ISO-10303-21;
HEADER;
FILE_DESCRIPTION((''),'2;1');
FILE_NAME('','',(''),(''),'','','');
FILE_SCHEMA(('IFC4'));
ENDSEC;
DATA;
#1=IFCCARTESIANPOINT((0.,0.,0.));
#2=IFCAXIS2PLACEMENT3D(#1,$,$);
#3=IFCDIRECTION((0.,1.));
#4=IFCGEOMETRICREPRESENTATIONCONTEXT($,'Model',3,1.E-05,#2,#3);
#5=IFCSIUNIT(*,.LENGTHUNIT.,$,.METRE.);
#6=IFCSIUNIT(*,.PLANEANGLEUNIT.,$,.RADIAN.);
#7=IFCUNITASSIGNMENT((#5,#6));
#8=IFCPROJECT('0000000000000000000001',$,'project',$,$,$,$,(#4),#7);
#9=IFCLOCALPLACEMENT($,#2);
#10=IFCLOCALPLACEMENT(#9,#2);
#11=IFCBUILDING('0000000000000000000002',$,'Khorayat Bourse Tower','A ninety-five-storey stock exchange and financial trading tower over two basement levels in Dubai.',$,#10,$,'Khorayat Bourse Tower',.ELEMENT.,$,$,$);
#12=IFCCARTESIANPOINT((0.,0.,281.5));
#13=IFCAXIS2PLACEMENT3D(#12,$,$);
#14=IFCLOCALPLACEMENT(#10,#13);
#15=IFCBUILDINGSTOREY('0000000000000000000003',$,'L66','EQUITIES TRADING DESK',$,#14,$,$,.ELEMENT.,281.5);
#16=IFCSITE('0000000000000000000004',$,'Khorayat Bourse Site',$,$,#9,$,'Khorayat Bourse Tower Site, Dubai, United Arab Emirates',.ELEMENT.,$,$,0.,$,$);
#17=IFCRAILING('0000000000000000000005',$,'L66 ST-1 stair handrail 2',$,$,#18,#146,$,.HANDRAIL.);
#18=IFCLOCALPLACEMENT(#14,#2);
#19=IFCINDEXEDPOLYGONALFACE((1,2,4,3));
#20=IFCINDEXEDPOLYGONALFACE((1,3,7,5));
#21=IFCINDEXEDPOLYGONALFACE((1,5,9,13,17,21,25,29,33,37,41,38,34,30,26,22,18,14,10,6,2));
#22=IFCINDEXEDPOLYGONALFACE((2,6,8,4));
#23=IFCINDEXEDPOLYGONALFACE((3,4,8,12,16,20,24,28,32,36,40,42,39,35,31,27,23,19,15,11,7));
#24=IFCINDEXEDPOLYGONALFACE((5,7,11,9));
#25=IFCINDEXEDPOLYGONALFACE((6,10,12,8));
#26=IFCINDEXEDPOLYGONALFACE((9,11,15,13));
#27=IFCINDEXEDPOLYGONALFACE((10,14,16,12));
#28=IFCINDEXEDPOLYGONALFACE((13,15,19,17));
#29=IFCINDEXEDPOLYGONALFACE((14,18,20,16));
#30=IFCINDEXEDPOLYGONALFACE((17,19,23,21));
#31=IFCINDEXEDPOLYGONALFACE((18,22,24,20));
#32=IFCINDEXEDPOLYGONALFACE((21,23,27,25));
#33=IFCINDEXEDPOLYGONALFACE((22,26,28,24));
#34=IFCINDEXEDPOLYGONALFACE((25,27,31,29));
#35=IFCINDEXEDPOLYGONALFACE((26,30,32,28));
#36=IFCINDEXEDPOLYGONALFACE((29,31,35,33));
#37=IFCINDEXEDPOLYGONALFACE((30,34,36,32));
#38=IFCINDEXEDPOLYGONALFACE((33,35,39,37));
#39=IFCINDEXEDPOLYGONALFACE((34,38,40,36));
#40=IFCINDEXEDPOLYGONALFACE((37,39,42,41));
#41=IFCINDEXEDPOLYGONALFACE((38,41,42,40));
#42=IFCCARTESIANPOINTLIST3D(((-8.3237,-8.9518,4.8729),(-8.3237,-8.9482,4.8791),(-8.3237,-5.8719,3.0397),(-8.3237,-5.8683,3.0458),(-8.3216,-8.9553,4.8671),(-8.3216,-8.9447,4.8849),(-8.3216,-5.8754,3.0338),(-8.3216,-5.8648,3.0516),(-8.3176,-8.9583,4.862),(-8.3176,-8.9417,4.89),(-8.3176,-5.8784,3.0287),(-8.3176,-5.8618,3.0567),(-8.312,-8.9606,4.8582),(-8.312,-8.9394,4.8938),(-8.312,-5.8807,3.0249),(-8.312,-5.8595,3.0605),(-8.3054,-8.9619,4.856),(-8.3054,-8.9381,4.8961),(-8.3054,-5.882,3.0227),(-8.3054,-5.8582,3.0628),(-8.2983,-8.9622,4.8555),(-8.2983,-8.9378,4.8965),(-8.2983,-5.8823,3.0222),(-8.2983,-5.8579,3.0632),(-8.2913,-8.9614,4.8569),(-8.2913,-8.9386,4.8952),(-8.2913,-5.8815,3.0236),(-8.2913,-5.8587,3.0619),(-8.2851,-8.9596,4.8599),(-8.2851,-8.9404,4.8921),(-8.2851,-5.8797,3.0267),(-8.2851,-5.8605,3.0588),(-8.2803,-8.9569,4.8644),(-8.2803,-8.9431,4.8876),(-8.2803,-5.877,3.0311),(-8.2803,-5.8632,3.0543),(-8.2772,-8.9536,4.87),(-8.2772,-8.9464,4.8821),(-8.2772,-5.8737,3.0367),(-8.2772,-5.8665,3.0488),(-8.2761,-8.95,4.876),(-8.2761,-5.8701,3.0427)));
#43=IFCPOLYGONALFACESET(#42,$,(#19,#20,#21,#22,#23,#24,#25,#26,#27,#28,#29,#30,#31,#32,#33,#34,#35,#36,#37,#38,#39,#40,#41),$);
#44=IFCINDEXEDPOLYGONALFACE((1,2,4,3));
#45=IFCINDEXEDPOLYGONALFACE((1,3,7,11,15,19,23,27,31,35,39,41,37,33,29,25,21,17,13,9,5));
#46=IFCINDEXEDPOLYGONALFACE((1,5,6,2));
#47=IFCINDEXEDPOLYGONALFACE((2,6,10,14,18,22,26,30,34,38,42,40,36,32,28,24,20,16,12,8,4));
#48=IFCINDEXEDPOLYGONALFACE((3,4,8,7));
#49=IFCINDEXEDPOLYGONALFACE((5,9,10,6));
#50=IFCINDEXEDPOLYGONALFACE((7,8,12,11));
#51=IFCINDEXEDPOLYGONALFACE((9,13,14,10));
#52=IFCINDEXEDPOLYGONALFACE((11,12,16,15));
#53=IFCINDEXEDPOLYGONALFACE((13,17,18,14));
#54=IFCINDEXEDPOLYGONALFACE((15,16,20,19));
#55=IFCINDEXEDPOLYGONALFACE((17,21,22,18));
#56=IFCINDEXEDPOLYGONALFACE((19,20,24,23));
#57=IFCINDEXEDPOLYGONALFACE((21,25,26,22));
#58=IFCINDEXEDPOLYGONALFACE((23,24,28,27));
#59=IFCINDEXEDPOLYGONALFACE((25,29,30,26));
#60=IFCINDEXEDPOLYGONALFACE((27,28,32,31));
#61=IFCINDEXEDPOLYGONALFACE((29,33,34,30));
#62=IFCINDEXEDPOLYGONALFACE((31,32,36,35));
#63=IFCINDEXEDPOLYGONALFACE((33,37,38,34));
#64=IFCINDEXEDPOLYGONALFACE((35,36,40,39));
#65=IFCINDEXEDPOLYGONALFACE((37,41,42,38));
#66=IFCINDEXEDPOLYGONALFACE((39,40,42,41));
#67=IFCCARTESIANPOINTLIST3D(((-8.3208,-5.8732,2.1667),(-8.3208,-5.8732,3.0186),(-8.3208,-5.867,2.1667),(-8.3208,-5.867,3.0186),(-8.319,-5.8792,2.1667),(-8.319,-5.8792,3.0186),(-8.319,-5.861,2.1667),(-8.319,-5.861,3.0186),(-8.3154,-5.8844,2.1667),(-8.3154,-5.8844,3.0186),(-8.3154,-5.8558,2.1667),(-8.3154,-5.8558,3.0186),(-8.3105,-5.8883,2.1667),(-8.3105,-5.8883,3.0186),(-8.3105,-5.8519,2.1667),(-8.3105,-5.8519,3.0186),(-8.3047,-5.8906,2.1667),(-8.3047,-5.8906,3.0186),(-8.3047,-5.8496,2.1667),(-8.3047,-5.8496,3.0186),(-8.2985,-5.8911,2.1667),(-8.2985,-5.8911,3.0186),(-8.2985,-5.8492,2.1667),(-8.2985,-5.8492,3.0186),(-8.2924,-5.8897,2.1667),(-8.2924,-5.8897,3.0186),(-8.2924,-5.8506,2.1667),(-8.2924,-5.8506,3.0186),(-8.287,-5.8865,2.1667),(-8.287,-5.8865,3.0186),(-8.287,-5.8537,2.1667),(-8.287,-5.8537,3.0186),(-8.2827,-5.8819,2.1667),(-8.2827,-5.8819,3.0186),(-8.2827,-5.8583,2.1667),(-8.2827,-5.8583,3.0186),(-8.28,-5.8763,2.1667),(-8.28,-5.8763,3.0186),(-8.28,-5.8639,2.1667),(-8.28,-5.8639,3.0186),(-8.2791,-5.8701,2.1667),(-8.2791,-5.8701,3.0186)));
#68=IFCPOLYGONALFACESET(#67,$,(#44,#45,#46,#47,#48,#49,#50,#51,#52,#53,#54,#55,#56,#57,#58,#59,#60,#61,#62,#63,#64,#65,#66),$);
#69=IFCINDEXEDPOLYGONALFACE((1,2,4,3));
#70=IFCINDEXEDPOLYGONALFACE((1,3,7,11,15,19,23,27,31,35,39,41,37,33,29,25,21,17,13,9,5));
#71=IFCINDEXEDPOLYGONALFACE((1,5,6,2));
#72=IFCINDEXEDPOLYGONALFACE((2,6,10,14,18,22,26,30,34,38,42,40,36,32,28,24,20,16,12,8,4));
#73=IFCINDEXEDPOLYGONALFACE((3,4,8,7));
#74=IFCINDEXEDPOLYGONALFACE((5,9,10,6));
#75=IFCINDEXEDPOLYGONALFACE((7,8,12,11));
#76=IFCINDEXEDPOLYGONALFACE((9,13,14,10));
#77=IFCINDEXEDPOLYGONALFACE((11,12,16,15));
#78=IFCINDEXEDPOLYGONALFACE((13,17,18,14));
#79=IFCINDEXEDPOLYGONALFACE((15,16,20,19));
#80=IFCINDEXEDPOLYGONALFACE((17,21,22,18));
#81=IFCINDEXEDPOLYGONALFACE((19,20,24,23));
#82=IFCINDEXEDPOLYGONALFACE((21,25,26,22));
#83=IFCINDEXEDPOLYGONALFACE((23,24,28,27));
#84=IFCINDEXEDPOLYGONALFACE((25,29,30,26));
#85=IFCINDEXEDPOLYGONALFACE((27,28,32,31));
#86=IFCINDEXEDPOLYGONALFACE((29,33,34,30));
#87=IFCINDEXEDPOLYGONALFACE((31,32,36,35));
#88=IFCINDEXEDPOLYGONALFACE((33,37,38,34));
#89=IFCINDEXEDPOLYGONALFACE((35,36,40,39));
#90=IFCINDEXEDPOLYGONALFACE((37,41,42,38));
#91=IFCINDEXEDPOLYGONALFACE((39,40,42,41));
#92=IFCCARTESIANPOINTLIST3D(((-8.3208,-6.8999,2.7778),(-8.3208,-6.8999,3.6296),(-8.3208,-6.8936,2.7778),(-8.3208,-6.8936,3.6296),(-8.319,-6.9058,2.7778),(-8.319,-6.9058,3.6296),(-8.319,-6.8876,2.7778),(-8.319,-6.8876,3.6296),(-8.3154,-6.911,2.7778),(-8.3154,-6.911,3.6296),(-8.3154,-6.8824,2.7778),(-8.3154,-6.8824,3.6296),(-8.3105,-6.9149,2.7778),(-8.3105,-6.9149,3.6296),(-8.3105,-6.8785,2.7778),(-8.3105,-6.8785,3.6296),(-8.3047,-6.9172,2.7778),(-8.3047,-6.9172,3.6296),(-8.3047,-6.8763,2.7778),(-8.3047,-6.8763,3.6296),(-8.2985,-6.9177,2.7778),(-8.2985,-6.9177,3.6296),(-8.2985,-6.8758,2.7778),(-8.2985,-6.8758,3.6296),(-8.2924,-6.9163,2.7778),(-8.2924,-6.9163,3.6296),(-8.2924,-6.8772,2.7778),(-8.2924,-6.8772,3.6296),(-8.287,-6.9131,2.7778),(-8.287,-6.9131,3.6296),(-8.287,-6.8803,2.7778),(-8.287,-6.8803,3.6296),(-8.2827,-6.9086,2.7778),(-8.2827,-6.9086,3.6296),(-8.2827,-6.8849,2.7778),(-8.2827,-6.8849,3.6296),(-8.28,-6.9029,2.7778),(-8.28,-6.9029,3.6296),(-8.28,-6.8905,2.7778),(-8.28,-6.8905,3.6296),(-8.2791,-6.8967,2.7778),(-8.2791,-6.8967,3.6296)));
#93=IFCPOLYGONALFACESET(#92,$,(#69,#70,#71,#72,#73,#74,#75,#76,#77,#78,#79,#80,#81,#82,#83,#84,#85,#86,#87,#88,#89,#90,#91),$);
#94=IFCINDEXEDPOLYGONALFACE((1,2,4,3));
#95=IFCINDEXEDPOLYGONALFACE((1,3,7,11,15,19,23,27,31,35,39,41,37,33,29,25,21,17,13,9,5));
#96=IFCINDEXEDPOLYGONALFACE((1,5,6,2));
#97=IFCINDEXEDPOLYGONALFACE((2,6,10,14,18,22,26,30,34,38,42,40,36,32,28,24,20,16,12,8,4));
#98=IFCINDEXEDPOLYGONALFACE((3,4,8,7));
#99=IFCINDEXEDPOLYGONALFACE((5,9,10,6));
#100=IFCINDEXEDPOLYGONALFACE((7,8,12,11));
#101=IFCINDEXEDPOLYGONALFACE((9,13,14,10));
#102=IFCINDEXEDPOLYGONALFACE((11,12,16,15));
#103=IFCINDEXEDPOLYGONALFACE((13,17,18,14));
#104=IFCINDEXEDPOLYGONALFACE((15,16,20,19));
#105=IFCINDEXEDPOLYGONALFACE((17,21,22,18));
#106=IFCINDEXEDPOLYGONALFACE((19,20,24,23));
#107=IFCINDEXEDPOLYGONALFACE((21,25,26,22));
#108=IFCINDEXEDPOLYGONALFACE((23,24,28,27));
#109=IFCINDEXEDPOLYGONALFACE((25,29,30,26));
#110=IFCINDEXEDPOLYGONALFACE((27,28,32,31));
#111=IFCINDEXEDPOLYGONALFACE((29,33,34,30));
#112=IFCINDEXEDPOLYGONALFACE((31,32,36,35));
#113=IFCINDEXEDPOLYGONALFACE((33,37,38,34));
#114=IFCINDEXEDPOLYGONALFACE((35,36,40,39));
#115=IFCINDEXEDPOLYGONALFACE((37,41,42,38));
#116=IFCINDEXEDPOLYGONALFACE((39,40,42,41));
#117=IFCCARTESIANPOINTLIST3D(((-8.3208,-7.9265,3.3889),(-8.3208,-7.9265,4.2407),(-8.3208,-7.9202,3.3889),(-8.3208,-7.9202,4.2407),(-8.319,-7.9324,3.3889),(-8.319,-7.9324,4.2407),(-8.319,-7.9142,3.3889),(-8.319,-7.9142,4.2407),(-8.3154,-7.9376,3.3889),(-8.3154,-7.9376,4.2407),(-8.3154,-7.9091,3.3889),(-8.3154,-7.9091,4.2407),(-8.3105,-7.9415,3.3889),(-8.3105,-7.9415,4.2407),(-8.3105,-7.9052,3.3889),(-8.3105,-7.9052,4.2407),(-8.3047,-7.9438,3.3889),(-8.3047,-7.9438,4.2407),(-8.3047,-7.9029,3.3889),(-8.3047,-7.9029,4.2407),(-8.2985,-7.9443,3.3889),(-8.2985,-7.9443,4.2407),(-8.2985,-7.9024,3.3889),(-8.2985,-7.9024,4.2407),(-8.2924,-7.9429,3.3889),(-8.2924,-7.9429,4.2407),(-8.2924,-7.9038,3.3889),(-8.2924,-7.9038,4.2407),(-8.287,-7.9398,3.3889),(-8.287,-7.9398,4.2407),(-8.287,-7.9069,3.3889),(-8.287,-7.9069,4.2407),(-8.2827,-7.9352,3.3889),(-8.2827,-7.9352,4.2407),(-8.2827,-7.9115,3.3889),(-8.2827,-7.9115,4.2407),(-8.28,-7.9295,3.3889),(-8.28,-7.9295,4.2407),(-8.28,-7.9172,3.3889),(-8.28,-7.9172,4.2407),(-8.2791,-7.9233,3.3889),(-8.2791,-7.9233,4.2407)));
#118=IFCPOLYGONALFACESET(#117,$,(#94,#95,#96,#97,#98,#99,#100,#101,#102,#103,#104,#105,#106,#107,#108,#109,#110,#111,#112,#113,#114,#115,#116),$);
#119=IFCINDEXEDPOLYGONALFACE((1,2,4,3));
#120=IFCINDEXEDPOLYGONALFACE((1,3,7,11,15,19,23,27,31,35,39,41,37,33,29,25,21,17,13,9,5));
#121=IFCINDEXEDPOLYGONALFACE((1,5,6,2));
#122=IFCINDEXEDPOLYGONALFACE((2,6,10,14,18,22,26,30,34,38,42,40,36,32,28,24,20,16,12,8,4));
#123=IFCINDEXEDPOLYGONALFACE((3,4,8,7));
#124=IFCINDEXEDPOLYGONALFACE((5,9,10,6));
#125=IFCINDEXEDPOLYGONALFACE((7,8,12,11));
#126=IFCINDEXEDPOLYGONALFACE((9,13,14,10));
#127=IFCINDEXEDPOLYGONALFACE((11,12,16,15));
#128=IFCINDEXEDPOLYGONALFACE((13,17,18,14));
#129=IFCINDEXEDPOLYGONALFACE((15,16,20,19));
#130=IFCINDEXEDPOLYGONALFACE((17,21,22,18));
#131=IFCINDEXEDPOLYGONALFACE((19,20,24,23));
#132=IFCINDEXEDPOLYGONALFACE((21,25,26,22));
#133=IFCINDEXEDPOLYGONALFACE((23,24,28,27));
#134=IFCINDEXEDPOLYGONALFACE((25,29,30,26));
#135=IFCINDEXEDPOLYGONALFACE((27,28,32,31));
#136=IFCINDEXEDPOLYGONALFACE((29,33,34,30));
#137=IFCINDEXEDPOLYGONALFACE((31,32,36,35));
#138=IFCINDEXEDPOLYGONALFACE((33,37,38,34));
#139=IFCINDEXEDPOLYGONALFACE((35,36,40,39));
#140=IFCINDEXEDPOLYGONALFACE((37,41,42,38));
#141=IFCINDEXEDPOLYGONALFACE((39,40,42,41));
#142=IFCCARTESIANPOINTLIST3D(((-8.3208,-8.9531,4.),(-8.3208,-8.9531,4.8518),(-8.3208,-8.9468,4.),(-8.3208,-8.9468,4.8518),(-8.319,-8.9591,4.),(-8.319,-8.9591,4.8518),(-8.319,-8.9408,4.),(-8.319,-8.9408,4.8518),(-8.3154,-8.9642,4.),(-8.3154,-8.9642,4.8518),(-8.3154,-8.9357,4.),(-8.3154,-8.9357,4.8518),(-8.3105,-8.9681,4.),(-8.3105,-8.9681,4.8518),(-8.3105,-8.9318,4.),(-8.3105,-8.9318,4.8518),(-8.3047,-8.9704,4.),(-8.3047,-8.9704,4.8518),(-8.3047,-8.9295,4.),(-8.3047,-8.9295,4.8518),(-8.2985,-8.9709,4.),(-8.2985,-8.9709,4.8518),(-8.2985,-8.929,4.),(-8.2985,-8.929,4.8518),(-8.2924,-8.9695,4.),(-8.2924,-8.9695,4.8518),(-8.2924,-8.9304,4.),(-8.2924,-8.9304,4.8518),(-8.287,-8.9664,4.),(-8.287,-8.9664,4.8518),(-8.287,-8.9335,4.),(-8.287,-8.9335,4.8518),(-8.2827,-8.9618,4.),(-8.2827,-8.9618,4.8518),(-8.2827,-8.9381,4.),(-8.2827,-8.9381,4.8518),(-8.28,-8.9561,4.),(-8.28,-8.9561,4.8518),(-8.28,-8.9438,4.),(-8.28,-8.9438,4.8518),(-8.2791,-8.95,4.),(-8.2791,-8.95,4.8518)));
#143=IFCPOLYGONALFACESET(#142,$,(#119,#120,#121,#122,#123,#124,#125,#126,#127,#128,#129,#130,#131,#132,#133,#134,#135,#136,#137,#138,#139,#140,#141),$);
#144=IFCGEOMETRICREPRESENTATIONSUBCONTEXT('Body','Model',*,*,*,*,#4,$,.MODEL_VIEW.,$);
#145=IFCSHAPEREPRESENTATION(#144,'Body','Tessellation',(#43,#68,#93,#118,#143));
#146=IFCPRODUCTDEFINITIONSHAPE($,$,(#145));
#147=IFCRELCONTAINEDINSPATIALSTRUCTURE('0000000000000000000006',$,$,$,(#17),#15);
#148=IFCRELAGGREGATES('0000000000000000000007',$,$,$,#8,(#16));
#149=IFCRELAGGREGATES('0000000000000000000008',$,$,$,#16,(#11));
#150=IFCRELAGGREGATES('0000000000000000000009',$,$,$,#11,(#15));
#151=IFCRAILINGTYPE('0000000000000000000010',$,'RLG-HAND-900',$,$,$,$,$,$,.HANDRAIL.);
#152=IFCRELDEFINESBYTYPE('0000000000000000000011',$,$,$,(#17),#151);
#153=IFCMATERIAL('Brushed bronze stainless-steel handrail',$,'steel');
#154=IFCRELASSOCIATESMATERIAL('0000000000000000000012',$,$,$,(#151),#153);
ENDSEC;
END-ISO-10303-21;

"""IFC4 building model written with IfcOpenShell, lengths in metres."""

from ifc_helpers import new_model, si_unit, direction, frame, origin, origin_2d, place, context, subcontext, project, spatial, circle, extrude, source, transform, mapped, material, type_object, element, save


model = new_model("IFC4")

# Units and contexts
model_context = context("Model", 3, precision=1e-05, world=origin(), true_north=direction((0.0, 1.0)))
body_context = subcontext(model_context, "Body", "Model", "MODEL_VIEW")
ifc_project = project(units=[si_unit("LENGTHUNIT", "METRE"), si_unit("PLANEANGLEUNIT", "RADIAN")], contexts=[model_context])

# Site, building, storey
site_placement = place(None, origin())
site = spatial("IfcSite", under=ifc_project, at=site_placement, Name="Khorayat Bourse Site", LongName="Khorayat Bourse Tower Site, Dubai, United Arab Emirates", CompositionType="ELEMENT", RefElevation=0.0)
building_placement = place(site_placement, origin())
building = spatial("IfcBuilding", under=site, at=building_placement, Name="Khorayat Bourse Tower", Description="A ninety-five-storey stock exchange and financial trading tower over two basement levels in Dubai.", LongName="Khorayat Bourse Tower", CompositionType="ELEMENT")
storey_placement = place(building_placement, frame((0.0, 0.0, 281.5)))
storey = spatial("IfcBuildingStorey", under=building, at=storey_placement, Name="L66", Description="EQUITIES TRADING DESK", CompositionType="ELEMENT", Elevation=281.5)

# Railing
ifc_material_1 = material(Name="Brushed bronze stainless-steel handrail", Category="steel")
railing_type_1 = type_object("IfcRailingType", Name="RLG-HAND-900", PredefinedType="HANDRAIL", material=ifc_material_1)
shared_shape_1 = source(origin(), body_context, "Body", "SweptSolid", [
    extrude(circle(Radius=0.0239, at=origin_2d()), frame((0.0, 0.0, 0.876), z_axis=(0.0, -0.859291, 0.511487), x_axis=(1.0, 0.0, 0.0)), (0.0, 0.0, 1.0), 3.5842),
    extrude(circle(Radius=0.021, at=origin_2d()), origin(), (0.0, 0.0, 1.0), 0.8518),
    extrude(circle(Radius=0.021, at=origin_2d()), frame((0.0, -1.0266, 0.6111)), (0.0, 0.0, 1.0), 0.8518),
    extrude(circle(Radius=0.021, at=origin_2d()), frame((0.0, -2.0532, 1.2222)), (0.0, 0.0, 1.0), 0.8518),
    extrude(circle(Radius=0.021, at=origin_2d()), frame((0.0, -3.0798, 1.8333)), (0.0, 0.0, 1.0), 0.8518),
])
railing_1_placement = place(storey_placement, frame((-8.3, -5.8701, 2.1667)))
element("IfcRailing", 1, at=railing_1_placement, inside=storey, type_object=railing_type_1, Name="L66 ST-1 stair handrail 2", PredefinedType="HANDRAIL", context=body_context, shape_type="MappedRepresentation", body=[
    mapped(shared_shape_1, transform((0.0, 0.0, 0.0), scale=1.0)),
])

save(model, "model.ifc")
